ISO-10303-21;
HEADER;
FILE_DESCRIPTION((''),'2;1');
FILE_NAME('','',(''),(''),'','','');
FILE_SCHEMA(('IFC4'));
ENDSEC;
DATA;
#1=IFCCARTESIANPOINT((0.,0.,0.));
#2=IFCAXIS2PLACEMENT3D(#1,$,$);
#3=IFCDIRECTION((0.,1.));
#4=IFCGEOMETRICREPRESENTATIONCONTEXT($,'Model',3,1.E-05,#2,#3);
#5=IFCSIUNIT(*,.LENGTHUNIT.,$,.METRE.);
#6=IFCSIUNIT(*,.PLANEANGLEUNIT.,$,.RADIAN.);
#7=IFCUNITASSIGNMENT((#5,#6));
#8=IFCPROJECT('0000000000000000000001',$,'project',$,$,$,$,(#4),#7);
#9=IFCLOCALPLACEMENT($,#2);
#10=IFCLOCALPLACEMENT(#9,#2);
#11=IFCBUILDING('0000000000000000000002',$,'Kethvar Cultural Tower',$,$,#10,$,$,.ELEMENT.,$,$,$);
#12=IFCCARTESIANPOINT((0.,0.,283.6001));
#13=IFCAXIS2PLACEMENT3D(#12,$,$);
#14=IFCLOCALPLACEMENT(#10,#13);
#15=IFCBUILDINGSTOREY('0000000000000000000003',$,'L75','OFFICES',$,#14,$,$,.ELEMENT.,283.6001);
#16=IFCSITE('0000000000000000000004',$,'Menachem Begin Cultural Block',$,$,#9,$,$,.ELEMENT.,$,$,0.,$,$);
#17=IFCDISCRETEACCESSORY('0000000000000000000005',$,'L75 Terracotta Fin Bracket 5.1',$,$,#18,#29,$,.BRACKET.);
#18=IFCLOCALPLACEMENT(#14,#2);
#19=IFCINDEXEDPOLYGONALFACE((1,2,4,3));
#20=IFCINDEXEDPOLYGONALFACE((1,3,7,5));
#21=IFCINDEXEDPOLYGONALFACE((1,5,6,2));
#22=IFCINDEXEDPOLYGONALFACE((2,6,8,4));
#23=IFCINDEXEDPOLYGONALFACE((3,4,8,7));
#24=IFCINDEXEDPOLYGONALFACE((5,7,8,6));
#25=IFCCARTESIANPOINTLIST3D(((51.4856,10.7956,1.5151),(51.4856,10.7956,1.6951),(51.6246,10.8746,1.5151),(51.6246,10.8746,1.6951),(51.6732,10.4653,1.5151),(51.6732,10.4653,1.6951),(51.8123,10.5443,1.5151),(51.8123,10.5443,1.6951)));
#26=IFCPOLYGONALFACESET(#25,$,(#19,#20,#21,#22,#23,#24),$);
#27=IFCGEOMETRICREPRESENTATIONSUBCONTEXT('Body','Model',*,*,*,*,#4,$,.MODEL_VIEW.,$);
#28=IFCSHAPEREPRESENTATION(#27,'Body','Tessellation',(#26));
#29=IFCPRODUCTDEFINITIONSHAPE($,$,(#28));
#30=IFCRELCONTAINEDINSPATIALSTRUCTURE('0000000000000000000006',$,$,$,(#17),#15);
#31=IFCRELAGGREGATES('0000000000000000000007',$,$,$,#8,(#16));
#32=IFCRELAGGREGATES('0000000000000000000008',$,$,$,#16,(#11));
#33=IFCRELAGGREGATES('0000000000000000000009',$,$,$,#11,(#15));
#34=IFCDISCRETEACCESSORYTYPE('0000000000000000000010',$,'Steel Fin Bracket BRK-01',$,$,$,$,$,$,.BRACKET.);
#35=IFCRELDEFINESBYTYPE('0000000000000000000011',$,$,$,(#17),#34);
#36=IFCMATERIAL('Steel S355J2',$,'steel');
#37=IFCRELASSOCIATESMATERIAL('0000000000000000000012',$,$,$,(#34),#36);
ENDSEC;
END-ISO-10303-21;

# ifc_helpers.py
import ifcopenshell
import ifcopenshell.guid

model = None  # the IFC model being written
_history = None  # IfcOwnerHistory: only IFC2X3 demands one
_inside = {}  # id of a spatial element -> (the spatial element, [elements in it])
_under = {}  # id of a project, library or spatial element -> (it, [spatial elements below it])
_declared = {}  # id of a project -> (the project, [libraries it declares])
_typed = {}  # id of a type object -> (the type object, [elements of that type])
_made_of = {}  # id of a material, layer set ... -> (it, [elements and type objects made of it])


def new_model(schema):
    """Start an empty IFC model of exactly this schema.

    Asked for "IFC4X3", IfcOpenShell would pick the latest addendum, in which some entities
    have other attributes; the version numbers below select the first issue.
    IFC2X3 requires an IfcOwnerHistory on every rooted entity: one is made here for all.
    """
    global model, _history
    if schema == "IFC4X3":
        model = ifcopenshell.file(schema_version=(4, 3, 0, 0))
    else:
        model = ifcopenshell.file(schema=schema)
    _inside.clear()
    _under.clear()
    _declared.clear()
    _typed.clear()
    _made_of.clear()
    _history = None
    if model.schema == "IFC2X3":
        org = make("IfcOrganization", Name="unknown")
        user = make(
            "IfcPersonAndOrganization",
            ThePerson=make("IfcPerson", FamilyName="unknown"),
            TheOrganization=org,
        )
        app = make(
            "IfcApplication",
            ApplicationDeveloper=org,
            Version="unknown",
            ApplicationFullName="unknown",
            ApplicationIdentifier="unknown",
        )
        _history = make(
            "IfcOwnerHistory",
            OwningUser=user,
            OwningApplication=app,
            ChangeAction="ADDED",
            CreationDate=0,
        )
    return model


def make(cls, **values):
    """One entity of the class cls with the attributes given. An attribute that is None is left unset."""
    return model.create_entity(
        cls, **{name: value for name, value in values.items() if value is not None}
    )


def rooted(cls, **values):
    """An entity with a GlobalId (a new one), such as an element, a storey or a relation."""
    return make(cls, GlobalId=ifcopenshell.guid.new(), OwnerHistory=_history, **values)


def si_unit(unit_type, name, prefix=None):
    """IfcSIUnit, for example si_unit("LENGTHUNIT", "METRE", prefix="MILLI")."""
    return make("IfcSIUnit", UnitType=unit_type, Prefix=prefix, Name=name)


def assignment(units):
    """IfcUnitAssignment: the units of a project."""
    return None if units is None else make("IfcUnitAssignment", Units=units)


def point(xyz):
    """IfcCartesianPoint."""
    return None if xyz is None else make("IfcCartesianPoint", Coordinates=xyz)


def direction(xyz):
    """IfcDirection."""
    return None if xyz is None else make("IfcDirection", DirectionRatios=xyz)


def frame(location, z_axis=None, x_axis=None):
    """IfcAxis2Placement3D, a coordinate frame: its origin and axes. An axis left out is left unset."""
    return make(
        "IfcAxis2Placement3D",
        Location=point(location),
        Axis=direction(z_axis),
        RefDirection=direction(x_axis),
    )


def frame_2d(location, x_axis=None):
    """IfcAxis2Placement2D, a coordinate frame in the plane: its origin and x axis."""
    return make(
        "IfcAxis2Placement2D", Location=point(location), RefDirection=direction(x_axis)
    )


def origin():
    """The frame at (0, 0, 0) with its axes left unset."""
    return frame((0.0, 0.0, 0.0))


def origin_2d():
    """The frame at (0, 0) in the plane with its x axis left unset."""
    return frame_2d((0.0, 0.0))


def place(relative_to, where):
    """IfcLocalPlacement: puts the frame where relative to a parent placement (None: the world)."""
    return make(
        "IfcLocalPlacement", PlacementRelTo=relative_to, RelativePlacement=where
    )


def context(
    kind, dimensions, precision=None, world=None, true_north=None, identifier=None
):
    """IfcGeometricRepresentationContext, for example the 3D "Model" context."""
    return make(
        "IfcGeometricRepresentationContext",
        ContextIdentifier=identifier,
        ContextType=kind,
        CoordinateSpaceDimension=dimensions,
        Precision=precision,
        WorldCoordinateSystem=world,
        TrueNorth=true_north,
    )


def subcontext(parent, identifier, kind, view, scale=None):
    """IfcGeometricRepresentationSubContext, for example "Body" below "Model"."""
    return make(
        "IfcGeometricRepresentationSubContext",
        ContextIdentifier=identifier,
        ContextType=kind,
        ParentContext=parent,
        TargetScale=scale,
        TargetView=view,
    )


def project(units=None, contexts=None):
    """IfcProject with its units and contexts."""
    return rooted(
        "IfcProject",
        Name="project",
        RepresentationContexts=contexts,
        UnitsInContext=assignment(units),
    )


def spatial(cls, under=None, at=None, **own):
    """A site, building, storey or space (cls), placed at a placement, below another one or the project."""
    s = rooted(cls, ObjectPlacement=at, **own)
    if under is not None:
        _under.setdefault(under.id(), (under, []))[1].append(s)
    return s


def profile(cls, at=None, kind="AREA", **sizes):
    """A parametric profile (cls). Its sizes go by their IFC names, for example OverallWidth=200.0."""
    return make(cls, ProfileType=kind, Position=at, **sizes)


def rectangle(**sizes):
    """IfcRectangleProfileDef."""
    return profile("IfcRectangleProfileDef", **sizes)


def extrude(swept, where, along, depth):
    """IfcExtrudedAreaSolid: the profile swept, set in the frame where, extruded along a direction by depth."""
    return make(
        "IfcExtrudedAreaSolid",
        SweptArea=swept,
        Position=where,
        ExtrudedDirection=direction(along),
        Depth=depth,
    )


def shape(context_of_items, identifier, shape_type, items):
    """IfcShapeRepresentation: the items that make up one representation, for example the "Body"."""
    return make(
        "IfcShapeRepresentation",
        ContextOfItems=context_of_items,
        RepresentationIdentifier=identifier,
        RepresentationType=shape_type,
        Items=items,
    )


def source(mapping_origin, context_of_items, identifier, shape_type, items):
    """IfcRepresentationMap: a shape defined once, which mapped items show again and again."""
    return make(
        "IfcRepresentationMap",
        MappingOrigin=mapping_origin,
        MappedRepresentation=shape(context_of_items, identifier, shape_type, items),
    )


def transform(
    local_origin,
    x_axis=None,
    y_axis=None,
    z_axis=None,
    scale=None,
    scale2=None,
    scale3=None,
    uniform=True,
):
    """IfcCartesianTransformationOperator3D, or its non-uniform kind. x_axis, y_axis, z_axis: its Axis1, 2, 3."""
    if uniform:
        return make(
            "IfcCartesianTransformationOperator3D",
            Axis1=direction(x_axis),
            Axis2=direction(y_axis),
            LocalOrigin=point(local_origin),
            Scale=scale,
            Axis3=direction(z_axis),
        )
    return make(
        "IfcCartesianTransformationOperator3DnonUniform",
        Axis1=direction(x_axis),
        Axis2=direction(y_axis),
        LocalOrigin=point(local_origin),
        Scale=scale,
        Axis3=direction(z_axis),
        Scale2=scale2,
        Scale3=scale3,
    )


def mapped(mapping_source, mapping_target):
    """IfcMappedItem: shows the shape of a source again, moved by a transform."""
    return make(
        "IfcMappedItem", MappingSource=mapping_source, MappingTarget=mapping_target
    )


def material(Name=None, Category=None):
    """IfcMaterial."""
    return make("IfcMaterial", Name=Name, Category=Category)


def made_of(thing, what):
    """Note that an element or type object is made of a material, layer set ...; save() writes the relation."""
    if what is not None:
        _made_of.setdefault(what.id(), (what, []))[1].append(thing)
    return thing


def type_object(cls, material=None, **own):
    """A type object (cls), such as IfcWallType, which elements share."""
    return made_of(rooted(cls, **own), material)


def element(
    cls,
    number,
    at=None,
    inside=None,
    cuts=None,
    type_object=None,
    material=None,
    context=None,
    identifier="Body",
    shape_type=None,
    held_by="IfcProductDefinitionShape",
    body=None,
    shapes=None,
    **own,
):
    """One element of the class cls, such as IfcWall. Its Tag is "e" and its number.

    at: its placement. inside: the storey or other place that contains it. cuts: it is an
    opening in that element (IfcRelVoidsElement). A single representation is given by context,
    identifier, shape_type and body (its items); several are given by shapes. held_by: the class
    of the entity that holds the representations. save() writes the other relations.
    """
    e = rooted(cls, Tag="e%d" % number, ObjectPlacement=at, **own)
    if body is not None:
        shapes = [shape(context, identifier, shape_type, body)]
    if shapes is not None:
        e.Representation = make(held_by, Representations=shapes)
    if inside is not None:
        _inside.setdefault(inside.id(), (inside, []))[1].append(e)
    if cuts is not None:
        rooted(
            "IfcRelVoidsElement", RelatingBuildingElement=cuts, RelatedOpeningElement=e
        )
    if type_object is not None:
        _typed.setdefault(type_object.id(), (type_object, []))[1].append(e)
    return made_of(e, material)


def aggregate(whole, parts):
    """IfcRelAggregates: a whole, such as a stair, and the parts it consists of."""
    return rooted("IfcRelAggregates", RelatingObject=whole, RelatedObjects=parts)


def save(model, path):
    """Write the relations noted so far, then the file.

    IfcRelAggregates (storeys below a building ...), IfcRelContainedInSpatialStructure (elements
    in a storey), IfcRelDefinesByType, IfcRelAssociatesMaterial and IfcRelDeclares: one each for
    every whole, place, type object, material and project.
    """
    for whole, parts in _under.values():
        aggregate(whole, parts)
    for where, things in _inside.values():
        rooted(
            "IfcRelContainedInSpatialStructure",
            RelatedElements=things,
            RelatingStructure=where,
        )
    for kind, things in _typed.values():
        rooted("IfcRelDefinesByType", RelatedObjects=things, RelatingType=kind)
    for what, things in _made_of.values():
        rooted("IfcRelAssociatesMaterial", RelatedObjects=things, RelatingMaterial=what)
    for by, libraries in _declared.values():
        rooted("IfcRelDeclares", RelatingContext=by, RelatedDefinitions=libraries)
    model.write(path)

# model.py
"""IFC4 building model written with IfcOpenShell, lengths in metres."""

from ifc_helpers import new_model, si_unit, direction, frame, origin, origin_2d, place, context, subcontext, project, spatial, rectangle, extrude, source, transform, mapped, material, type_object, element, save


model = new_model("IFC4")

# Units and contexts
model_context = context("Model", 3, precision=1e-05, world=origin(), true_north=direction((0.0, 1.0)))
body_context = subcontext(model_context, "Body", "Model", "MODEL_VIEW")
ifc_project = project(units=[si_unit("LENGTHUNIT", "METRE"), si_unit("PLANEANGLEUNIT", "RADIAN")], contexts=[model_context])

# Site, building, storey
site_placement = place(None, origin())
site = spatial("IfcSite", under=ifc_project, at=site_placement, Name="Menachem Begin Cultural Block", CompositionType="ELEMENT", RefElevation=0.0)
building_placement = place(site_placement, origin())
building = spatial("IfcBuilding", under=site, at=building_placement, Name="Kethvar Cultural Tower", CompositionType="ELEMENT")
storey_placement = place(building_placement, frame((0.0, 0.0, 283.6001)))
storey = spatial("IfcBuildingStorey", under=building, at=storey_placement, Name="L75", Description="OFFICES", CompositionType="ELEMENT", Elevation=283.6001)

# Shared definitions
ifc_material_1 = material(Name="Steel S355J2", Category="steel")

# Discrete accessory
discrete_accessory_type = type_object("IfcDiscreteAccessoryType", Name="Steel Fin Bracket BRK-01", PredefinedType="BRACKET", material=ifc_material_1)
shared_shape_1 = source(origin(), body_context, "Body", "SweptSolid", [
    extrude(rectangle(XDim=0.3799, YDim=0.1599, at=origin_2d()), origin(), (0.0, 0.0, 1.0), 0.1799),
])
discrete_accessory_placement = place(storey_placement, frame((51.6489, 10.6699, 1.5151), z_axis=(0.0, 0.0, 1.0), x_axis=(0.493942, -0.869495, 0.0)))
element("IfcDiscreteAccessory", 1, at=discrete_accessory_placement, inside=storey, type_object=discrete_accessory_type, Name="L75 Terracotta Fin Bracket 5.1", PredefinedType="BRACKET", context=body_context, shape_type="MappedRepresentation", body=[
    mapped(shared_shape_1, transform((0.0, 0.0, 0.0), scale=1.0)),
])

save(model, "model.ifc")
